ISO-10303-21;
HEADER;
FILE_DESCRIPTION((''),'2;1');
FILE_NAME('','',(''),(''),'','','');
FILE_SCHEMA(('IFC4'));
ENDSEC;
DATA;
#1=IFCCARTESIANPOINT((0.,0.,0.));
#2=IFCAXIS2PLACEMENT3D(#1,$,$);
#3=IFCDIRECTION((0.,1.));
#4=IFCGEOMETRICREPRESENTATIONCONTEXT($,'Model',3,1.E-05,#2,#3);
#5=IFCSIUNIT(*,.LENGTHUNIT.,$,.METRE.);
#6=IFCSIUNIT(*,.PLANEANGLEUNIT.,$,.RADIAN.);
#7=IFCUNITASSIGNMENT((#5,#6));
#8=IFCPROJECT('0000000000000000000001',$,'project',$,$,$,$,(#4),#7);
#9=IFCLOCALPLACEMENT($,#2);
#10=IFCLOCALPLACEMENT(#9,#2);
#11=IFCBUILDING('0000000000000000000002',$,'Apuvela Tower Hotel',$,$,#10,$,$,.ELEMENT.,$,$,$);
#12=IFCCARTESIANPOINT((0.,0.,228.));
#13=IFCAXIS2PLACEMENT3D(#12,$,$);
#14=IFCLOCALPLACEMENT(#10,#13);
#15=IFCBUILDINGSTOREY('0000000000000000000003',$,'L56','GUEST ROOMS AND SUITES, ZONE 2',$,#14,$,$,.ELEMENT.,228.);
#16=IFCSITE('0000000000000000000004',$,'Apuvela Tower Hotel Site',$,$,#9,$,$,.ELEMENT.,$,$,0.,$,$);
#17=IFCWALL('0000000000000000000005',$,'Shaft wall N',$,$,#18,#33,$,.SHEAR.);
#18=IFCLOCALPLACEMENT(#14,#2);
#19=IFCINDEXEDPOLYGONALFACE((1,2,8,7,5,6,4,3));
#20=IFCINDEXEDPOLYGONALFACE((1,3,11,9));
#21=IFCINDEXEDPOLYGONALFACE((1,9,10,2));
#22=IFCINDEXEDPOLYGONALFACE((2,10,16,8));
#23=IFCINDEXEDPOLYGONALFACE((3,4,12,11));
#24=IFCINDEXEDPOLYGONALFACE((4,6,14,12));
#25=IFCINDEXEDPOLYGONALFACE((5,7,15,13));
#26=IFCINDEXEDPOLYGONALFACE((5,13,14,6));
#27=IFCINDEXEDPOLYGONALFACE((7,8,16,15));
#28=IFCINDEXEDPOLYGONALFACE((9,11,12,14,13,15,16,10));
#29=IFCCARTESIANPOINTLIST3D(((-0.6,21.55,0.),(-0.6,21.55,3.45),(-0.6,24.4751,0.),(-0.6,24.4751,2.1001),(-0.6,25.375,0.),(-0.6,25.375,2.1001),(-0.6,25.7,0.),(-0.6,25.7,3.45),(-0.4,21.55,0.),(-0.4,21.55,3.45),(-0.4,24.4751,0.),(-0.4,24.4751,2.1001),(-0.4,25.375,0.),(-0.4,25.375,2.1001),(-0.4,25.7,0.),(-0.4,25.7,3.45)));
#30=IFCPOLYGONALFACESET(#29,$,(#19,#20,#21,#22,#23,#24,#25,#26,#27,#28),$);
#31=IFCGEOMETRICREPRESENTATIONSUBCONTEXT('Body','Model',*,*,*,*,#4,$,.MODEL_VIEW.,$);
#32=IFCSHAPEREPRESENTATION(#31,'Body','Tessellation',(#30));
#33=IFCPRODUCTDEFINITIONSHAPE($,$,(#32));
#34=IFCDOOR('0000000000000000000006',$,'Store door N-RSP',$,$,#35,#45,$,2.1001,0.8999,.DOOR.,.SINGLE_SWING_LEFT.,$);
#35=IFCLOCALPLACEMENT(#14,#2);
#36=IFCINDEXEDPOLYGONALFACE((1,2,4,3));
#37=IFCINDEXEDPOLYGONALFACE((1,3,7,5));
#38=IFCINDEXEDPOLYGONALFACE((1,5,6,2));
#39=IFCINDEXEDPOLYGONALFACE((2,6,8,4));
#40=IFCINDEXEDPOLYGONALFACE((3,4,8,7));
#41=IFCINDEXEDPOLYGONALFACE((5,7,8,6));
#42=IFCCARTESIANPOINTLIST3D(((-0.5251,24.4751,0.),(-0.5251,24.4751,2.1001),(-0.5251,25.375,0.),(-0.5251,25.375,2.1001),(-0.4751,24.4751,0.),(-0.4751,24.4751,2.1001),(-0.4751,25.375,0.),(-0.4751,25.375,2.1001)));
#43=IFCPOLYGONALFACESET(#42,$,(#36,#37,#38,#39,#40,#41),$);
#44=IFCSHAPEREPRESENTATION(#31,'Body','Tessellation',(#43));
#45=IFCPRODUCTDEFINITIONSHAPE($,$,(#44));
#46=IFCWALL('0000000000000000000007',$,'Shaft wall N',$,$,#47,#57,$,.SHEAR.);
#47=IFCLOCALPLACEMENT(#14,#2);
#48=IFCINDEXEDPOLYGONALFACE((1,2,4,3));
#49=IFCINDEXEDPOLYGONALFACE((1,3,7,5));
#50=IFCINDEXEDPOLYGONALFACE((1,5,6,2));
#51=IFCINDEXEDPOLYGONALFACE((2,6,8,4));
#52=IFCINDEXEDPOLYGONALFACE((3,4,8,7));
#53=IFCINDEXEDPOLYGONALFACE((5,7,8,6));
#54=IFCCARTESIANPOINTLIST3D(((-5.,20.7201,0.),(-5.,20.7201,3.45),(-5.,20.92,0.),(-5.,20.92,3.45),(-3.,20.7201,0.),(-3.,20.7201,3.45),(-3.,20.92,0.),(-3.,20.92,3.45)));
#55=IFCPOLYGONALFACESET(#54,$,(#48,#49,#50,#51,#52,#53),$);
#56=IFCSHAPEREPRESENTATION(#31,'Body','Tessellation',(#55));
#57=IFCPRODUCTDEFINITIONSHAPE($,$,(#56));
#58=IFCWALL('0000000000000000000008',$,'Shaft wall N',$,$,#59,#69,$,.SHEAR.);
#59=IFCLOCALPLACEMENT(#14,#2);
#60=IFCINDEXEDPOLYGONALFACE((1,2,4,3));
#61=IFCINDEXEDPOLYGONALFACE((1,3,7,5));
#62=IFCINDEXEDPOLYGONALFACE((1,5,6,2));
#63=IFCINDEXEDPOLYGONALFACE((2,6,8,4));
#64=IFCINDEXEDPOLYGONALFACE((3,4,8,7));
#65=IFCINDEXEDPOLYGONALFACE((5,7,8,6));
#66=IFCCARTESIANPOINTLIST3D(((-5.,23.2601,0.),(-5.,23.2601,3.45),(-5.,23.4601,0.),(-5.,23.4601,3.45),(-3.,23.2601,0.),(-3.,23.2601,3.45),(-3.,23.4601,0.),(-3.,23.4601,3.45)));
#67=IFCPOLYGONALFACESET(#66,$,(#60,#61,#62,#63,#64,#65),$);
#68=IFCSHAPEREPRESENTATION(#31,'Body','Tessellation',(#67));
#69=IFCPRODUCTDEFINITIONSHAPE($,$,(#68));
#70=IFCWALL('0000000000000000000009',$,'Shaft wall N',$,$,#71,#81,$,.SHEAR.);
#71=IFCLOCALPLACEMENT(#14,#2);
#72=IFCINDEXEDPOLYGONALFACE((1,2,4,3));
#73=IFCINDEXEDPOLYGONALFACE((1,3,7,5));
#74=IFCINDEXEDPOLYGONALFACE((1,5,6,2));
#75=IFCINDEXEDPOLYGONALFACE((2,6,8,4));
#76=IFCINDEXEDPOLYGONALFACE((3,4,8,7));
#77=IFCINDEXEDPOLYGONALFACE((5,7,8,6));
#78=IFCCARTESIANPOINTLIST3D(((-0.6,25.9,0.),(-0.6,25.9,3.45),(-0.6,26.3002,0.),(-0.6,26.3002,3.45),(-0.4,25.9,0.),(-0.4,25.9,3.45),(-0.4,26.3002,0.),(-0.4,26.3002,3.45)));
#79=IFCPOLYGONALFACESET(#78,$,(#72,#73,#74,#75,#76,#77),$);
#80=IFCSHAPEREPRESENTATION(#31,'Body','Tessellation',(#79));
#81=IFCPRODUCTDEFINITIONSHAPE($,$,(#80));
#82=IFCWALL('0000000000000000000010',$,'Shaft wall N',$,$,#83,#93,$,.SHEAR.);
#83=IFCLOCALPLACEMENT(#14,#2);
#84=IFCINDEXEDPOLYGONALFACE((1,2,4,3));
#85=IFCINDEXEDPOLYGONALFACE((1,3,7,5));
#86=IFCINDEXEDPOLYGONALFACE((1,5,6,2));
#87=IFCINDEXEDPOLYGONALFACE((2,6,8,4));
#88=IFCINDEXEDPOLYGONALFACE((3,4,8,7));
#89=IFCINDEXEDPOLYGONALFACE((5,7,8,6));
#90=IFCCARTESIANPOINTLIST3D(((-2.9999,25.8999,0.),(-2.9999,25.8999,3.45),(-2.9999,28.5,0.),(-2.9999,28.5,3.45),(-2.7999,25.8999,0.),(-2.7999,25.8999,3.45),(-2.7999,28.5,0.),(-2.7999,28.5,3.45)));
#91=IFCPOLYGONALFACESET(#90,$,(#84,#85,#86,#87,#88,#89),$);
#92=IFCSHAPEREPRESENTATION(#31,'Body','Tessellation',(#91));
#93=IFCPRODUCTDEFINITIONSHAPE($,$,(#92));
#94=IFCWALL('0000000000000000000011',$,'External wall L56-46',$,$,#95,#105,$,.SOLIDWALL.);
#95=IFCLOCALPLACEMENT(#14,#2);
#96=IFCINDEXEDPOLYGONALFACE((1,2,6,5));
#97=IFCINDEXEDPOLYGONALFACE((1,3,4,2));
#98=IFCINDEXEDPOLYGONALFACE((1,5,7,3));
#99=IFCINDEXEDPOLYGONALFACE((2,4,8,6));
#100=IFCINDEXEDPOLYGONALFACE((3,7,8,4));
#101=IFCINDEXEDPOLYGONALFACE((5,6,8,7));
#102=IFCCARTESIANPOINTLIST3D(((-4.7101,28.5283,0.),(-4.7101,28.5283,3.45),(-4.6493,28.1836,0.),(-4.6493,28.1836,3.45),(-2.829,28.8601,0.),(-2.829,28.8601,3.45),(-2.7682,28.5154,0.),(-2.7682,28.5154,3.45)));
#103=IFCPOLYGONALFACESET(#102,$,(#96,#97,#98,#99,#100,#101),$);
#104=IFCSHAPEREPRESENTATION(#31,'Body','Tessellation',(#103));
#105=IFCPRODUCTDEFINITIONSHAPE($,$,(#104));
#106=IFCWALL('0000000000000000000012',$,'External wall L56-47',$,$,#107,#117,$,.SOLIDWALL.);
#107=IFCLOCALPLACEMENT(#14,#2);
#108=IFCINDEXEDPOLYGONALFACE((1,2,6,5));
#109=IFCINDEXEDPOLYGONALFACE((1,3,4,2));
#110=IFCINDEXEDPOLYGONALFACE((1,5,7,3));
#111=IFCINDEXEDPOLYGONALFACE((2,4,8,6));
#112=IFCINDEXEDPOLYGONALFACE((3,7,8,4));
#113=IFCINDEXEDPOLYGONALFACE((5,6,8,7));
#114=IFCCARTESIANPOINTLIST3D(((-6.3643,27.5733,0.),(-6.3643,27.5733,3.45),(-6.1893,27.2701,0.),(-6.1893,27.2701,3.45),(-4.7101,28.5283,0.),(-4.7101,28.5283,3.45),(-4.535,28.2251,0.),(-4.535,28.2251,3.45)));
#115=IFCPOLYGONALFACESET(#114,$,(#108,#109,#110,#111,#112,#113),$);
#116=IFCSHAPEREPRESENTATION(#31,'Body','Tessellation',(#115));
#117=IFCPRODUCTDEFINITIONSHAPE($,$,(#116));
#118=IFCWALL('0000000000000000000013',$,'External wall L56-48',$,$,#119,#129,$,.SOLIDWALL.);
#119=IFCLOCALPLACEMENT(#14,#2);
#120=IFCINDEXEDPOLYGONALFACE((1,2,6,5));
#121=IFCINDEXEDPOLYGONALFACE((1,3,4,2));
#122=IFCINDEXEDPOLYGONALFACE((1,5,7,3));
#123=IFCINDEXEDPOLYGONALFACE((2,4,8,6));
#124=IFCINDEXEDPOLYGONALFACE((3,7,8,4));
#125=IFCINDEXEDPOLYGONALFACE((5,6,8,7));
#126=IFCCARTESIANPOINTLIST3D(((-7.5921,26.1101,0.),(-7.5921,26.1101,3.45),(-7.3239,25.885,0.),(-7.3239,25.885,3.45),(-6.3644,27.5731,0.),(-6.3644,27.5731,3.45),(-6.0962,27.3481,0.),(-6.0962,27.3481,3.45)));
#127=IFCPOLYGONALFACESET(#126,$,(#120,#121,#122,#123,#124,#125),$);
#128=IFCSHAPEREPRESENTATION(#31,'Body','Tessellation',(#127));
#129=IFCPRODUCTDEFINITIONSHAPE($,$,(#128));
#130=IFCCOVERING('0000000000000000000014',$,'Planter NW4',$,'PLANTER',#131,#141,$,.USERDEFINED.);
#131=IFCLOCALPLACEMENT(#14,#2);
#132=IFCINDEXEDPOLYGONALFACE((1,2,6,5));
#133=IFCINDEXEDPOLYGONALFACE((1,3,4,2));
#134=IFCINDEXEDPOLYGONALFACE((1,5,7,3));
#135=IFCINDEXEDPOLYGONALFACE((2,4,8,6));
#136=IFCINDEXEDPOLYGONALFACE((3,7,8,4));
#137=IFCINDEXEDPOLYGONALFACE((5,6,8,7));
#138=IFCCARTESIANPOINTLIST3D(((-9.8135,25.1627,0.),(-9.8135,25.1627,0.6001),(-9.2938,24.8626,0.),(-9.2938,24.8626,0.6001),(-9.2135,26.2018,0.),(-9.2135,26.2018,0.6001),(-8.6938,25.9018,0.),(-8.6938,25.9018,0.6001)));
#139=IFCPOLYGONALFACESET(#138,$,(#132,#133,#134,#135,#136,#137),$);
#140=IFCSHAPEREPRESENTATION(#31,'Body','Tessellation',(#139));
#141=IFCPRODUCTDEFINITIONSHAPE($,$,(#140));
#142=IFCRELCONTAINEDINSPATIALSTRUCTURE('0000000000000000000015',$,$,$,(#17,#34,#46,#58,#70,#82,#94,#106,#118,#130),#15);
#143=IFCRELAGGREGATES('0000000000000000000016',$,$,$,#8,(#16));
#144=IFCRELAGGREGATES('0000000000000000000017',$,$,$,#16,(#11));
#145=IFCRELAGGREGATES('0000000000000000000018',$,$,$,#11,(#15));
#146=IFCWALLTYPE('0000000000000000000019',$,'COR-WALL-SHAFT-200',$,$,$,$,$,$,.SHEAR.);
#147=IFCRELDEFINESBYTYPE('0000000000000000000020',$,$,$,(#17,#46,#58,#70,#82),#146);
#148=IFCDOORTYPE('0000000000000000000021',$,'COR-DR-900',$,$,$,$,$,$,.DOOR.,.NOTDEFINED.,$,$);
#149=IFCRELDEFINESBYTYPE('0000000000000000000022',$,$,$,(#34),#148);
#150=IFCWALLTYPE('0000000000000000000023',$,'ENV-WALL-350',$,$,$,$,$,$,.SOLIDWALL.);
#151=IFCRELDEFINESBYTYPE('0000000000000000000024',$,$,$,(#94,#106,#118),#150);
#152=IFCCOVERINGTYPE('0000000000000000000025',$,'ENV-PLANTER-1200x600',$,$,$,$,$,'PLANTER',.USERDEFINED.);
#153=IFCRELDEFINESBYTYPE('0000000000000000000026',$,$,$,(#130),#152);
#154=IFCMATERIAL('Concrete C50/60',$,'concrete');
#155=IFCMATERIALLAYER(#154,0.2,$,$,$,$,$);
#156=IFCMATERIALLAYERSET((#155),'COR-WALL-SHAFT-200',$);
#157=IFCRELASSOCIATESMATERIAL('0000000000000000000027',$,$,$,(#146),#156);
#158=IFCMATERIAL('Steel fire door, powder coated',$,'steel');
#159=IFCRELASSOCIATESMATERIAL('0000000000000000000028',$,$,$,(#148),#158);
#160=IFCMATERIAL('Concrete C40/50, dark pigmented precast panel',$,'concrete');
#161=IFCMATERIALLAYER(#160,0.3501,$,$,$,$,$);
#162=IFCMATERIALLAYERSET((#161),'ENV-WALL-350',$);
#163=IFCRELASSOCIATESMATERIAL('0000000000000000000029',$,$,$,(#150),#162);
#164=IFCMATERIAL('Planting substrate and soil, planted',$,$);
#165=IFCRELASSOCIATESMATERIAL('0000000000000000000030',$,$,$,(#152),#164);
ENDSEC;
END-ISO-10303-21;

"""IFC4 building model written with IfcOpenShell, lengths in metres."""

from ifc_helpers import new_model, si_unit, direction, frame, frame_2d, origin, origin_2d, place, context, subcontext, project, spatial, rectangle, extrude, material, layer, layer_set, type_object, element, fill, save


model = new_model("IFC4")

# Units and contexts
model_context = context("Model", 3, precision=1e-05, world=origin(), true_north=direction((0.0, 1.0)))
body_context = subcontext(model_context, "Body", "Model", "MODEL_VIEW")
ifc_project = project(units=[si_unit("LENGTHUNIT", "METRE"), si_unit("PLANEANGLEUNIT", "RADIAN")], contexts=[model_context])

# Site, building, storey
site_placement = place(None, origin())
site = spatial("IfcSite", under=ifc_project, at=site_placement, Name="Apuvela Tower Hotel Site", CompositionType="ELEMENT", RefElevation=0.0)
building_placement = place(site_placement, origin())
building = spatial("IfcBuilding", under=site, at=building_placement, Name="Apuvela Tower Hotel", CompositionType="ELEMENT")
storey_placement = place(building_placement, frame((0.0, 0.0, 228.0)))
storey = spatial("IfcBuildingStorey", under=building, at=storey_placement, Name="L56", Description="GUEST ROOMS AND SUITES, ZONE 2", CompositionType="ELEMENT", Elevation=228.0)

# Shared definitions
ifc_material_1 = material(Name="Concrete C50/60", Category="concrete")
ifc_layer_1 = layer(ifc_material_1, 0.2)
ifc_layer_set_1 = layer_set([ifc_layer_1], Name="COR-WALL-SHAFT-200")
wall_type_1 = type_object("IfcWallType", Name="COR-WALL-SHAFT-200", PredefinedType="SHEAR", material=ifc_layer_set_1)

# Wall, opening, door
wall_1_placement = place(storey_placement, frame((-0.5, 21.55, 0.0), z_axis=(0.0, 0.0, 1.0), x_axis=(0.0, 1.0, 0.0)))
wall_1 = element("IfcWall", 1, at=wall_1_placement, inside=storey, type_object=wall_type_1, Name="Shaft wall N", PredefinedType="SHEAR", context=body_context, shape_type="SweptSolid", body=[
    extrude(rectangle(XDim=4.1499, YDim=0.2, at=frame_2d((2.075, 0.0))), origin(), (0.0, 0.0, 1.0), 3.45),
])
opening_1_placement = place(wall_1_placement, frame((2.925, 0.0, 0.0)))
opening_1 = element("IfcOpeningElement", 2, at=opening_1_placement, cuts=wall_1, PredefinedType="OPENING", context=body_context, shape_type="SweptSolid", body=[
    extrude(rectangle(XDim=0.8999, YDim=2.1001, at=frame_2d((0.45, 1.05))), frame((0.0, 0.1099, 0.0), z_axis=(0.0, -1.0, 0.0), x_axis=(1.0, 0.0, 0.0)), (0.0, 0.0, 1.0), 0.22),
])
ifc_material_2 = material(Name="Steel fire door, powder coated", Category="steel")
door_type_1 = type_object("IfcDoorType", Name="COR-DR-900", OperationType="NOTDEFINED", PredefinedType="DOOR", material=ifc_material_2)
door_1_placement = place(opening_1_placement, frame((0.8999, 0.0, 0.0), z_axis=(0.0, 0.0, 1.0), x_axis=(-1.0, 0.0, 0.0)))
door_1 = element("IfcDoor", 3, at=door_1_placement, inside=storey, type_object=door_type_1, Name="Store door N-RSP", OperationType="SINGLE_SWING_LEFT", OverallHeight=2.1001, OverallWidth=0.8999, PredefinedType="DOOR", context=body_context, shape_type="SweptSolid", body=[
    extrude(rectangle(XDim=0.8999, YDim=2.1001, at=frame_2d((0.45, 1.05))), frame((0.0, 0.0249, 0.0), z_axis=(0.0, -1.0, 0.0), x_axis=(1.0, 0.0, 0.0)), (0.0, 0.0, 1.0), 0.05),
])
fill(opening_1, door_1)

# Walls
for number, where, z_axis, x_axis, name in (
    (4, (-3.0, 20.8201, 0.0), (0.0, 0.0, 1.0), (-1.0, 0.0, 0.0), "Shaft wall N"),
    (5, (-3.0, 23.3601, 0.0), (0.0, 0.0, 1.0), (-1.0, 0.0, 0.0), "Shaft wall N"),
):
    element("IfcWall", number, at=place(storey_placement, frame(where, z_axis=z_axis, x_axis=x_axis)), inside=storey, type_object=wall_type_1, Name=name, PredefinedType="SHEAR", context=body_context, shape_type="SweptSolid", body=[
        extrude(rectangle(XDim=2.0, YDim=0.2, at=frame_2d((1.0, 0.0))), origin(), (0.0, 0.0, 1.0), 3.45),
    ])
wall_2_placement = place(storey_placement, frame((-0.5, 25.8999, 0.0), z_axis=(0.0, 0.0, 1.0), x_axis=(0.0, 1.0, 0.0)))
element("IfcWall", 6, at=wall_2_placement, inside=storey, type_object=wall_type_1, Name="Shaft wall N", PredefinedType="SHEAR", context=body_context, shape_type="SweptSolid", body=[
    extrude(rectangle(XDim=0.4001, YDim=0.2, at=frame_2d((0.2002, 0.0))), origin(), (0.0, 0.0, 1.0), 3.45),
])
wall_3_placement = place(storey_placement, frame((-2.8999, 25.8999, 0.0), z_axis=(0.0, 0.0, 1.0), x_axis=(0.0, 1.0, 0.0)))
element("IfcWall", 7, at=wall_3_placement, inside=storey, type_object=wall_type_1, Name="Shaft wall N", PredefinedType="SHEAR", context=body_context, shape_type="SweptSolid", body=[
    extrude(rectangle(XDim=2.6001, YDim=0.2, at=frame_2d((1.3, 0.0))), origin(), (0.0, 0.0, 1.0), 3.45),
])

# Shared definitions
ifc_material_3 = material(Name="Concrete C40/50, dark pigmented precast panel", Category="concrete")
ifc_layer_2 = layer(ifc_material_3, 0.3501)
ifc_layer_set_2 = layer_set([ifc_layer_2], Name="ENV-WALL-350")
wall_type_2 = type_object("IfcWallType", Name="ENV-WALL-350", PredefinedType="SOLIDWALL", material=ifc_layer_set_2)

# Walls
for number, where, z_axis, x_axis, name in (
    (8, (-2.7986, 28.6877, 0.0), (0.0, 0.0, 1.0), (-0.984799, -0.173698, 0.0), "External wall L56-46"),
    (9, (-4.6226, 28.3767, 0.0), (0.0, 0.0, 1.0), (-0.866032, -0.499988, 0.0), "External wall L56-47"),
):
    element("IfcWall", number, at=place(storey_placement, frame(where, z_axis=z_axis, x_axis=x_axis)), inside=storey, type_object=wall_type_2, Name=name, PredefinedType="SOLIDWALL", context=body_context, shape_type="SweptSolid", body=[
        extrude(rectangle(XDim=1.9102, YDim=0.3501, at=frame_2d((0.9551, 0.0))), origin(), (0.0, 0.0, 1.0), 3.45),
    ])
wall_4_placement = place(storey_placement, frame((-6.2302, 27.4607, 0.0), z_axis=(0.0, 0.0, 1.0), x_axis=(-0.642808, -0.766027, 0.0)))
element("IfcWall", 10, at=wall_4_placement, inside=storey, type_object=wall_type_2, Name="External wall L56-48", PredefinedType="SOLIDWALL", context=body_context, shape_type="SweptSolid", body=[
    extrude(rectangle(XDim=1.9099, YDim=0.3501, at=frame_2d((0.9551, 0.0))), origin(), (0.0, 0.0, 1.0), 3.45),
])

# Covering
ifc_material_4 = material(Name="Planting substrate and soil, planted")
covering_type = type_object("IfcCoveringType", Name="ENV-PLANTER-1200x600", ElementType="PLANTER", PredefinedType="USERDEFINED", material=ifc_material_4)
covering_placement = place(storey_placement, frame((-9.2537, 25.5322, 0.0), z_axis=(0.0, 0.0, 1.0), x_axis=(-0.5, -0.866025, 0.0)))
element("IfcCovering", 11, at=covering_placement, inside=storey, type_object=covering_type, Name="Planter NW4", ObjectType="PLANTER", PredefinedType="USERDEFINED", context=body_context, shape_type="SweptSolid", body=[
    extrude(rectangle(XDim=1.2, YDim=0.6001, at=origin_2d()), origin(), (0.0, 0.0, 1.0), 0.6001),
])

save(model, "model.ifc")
